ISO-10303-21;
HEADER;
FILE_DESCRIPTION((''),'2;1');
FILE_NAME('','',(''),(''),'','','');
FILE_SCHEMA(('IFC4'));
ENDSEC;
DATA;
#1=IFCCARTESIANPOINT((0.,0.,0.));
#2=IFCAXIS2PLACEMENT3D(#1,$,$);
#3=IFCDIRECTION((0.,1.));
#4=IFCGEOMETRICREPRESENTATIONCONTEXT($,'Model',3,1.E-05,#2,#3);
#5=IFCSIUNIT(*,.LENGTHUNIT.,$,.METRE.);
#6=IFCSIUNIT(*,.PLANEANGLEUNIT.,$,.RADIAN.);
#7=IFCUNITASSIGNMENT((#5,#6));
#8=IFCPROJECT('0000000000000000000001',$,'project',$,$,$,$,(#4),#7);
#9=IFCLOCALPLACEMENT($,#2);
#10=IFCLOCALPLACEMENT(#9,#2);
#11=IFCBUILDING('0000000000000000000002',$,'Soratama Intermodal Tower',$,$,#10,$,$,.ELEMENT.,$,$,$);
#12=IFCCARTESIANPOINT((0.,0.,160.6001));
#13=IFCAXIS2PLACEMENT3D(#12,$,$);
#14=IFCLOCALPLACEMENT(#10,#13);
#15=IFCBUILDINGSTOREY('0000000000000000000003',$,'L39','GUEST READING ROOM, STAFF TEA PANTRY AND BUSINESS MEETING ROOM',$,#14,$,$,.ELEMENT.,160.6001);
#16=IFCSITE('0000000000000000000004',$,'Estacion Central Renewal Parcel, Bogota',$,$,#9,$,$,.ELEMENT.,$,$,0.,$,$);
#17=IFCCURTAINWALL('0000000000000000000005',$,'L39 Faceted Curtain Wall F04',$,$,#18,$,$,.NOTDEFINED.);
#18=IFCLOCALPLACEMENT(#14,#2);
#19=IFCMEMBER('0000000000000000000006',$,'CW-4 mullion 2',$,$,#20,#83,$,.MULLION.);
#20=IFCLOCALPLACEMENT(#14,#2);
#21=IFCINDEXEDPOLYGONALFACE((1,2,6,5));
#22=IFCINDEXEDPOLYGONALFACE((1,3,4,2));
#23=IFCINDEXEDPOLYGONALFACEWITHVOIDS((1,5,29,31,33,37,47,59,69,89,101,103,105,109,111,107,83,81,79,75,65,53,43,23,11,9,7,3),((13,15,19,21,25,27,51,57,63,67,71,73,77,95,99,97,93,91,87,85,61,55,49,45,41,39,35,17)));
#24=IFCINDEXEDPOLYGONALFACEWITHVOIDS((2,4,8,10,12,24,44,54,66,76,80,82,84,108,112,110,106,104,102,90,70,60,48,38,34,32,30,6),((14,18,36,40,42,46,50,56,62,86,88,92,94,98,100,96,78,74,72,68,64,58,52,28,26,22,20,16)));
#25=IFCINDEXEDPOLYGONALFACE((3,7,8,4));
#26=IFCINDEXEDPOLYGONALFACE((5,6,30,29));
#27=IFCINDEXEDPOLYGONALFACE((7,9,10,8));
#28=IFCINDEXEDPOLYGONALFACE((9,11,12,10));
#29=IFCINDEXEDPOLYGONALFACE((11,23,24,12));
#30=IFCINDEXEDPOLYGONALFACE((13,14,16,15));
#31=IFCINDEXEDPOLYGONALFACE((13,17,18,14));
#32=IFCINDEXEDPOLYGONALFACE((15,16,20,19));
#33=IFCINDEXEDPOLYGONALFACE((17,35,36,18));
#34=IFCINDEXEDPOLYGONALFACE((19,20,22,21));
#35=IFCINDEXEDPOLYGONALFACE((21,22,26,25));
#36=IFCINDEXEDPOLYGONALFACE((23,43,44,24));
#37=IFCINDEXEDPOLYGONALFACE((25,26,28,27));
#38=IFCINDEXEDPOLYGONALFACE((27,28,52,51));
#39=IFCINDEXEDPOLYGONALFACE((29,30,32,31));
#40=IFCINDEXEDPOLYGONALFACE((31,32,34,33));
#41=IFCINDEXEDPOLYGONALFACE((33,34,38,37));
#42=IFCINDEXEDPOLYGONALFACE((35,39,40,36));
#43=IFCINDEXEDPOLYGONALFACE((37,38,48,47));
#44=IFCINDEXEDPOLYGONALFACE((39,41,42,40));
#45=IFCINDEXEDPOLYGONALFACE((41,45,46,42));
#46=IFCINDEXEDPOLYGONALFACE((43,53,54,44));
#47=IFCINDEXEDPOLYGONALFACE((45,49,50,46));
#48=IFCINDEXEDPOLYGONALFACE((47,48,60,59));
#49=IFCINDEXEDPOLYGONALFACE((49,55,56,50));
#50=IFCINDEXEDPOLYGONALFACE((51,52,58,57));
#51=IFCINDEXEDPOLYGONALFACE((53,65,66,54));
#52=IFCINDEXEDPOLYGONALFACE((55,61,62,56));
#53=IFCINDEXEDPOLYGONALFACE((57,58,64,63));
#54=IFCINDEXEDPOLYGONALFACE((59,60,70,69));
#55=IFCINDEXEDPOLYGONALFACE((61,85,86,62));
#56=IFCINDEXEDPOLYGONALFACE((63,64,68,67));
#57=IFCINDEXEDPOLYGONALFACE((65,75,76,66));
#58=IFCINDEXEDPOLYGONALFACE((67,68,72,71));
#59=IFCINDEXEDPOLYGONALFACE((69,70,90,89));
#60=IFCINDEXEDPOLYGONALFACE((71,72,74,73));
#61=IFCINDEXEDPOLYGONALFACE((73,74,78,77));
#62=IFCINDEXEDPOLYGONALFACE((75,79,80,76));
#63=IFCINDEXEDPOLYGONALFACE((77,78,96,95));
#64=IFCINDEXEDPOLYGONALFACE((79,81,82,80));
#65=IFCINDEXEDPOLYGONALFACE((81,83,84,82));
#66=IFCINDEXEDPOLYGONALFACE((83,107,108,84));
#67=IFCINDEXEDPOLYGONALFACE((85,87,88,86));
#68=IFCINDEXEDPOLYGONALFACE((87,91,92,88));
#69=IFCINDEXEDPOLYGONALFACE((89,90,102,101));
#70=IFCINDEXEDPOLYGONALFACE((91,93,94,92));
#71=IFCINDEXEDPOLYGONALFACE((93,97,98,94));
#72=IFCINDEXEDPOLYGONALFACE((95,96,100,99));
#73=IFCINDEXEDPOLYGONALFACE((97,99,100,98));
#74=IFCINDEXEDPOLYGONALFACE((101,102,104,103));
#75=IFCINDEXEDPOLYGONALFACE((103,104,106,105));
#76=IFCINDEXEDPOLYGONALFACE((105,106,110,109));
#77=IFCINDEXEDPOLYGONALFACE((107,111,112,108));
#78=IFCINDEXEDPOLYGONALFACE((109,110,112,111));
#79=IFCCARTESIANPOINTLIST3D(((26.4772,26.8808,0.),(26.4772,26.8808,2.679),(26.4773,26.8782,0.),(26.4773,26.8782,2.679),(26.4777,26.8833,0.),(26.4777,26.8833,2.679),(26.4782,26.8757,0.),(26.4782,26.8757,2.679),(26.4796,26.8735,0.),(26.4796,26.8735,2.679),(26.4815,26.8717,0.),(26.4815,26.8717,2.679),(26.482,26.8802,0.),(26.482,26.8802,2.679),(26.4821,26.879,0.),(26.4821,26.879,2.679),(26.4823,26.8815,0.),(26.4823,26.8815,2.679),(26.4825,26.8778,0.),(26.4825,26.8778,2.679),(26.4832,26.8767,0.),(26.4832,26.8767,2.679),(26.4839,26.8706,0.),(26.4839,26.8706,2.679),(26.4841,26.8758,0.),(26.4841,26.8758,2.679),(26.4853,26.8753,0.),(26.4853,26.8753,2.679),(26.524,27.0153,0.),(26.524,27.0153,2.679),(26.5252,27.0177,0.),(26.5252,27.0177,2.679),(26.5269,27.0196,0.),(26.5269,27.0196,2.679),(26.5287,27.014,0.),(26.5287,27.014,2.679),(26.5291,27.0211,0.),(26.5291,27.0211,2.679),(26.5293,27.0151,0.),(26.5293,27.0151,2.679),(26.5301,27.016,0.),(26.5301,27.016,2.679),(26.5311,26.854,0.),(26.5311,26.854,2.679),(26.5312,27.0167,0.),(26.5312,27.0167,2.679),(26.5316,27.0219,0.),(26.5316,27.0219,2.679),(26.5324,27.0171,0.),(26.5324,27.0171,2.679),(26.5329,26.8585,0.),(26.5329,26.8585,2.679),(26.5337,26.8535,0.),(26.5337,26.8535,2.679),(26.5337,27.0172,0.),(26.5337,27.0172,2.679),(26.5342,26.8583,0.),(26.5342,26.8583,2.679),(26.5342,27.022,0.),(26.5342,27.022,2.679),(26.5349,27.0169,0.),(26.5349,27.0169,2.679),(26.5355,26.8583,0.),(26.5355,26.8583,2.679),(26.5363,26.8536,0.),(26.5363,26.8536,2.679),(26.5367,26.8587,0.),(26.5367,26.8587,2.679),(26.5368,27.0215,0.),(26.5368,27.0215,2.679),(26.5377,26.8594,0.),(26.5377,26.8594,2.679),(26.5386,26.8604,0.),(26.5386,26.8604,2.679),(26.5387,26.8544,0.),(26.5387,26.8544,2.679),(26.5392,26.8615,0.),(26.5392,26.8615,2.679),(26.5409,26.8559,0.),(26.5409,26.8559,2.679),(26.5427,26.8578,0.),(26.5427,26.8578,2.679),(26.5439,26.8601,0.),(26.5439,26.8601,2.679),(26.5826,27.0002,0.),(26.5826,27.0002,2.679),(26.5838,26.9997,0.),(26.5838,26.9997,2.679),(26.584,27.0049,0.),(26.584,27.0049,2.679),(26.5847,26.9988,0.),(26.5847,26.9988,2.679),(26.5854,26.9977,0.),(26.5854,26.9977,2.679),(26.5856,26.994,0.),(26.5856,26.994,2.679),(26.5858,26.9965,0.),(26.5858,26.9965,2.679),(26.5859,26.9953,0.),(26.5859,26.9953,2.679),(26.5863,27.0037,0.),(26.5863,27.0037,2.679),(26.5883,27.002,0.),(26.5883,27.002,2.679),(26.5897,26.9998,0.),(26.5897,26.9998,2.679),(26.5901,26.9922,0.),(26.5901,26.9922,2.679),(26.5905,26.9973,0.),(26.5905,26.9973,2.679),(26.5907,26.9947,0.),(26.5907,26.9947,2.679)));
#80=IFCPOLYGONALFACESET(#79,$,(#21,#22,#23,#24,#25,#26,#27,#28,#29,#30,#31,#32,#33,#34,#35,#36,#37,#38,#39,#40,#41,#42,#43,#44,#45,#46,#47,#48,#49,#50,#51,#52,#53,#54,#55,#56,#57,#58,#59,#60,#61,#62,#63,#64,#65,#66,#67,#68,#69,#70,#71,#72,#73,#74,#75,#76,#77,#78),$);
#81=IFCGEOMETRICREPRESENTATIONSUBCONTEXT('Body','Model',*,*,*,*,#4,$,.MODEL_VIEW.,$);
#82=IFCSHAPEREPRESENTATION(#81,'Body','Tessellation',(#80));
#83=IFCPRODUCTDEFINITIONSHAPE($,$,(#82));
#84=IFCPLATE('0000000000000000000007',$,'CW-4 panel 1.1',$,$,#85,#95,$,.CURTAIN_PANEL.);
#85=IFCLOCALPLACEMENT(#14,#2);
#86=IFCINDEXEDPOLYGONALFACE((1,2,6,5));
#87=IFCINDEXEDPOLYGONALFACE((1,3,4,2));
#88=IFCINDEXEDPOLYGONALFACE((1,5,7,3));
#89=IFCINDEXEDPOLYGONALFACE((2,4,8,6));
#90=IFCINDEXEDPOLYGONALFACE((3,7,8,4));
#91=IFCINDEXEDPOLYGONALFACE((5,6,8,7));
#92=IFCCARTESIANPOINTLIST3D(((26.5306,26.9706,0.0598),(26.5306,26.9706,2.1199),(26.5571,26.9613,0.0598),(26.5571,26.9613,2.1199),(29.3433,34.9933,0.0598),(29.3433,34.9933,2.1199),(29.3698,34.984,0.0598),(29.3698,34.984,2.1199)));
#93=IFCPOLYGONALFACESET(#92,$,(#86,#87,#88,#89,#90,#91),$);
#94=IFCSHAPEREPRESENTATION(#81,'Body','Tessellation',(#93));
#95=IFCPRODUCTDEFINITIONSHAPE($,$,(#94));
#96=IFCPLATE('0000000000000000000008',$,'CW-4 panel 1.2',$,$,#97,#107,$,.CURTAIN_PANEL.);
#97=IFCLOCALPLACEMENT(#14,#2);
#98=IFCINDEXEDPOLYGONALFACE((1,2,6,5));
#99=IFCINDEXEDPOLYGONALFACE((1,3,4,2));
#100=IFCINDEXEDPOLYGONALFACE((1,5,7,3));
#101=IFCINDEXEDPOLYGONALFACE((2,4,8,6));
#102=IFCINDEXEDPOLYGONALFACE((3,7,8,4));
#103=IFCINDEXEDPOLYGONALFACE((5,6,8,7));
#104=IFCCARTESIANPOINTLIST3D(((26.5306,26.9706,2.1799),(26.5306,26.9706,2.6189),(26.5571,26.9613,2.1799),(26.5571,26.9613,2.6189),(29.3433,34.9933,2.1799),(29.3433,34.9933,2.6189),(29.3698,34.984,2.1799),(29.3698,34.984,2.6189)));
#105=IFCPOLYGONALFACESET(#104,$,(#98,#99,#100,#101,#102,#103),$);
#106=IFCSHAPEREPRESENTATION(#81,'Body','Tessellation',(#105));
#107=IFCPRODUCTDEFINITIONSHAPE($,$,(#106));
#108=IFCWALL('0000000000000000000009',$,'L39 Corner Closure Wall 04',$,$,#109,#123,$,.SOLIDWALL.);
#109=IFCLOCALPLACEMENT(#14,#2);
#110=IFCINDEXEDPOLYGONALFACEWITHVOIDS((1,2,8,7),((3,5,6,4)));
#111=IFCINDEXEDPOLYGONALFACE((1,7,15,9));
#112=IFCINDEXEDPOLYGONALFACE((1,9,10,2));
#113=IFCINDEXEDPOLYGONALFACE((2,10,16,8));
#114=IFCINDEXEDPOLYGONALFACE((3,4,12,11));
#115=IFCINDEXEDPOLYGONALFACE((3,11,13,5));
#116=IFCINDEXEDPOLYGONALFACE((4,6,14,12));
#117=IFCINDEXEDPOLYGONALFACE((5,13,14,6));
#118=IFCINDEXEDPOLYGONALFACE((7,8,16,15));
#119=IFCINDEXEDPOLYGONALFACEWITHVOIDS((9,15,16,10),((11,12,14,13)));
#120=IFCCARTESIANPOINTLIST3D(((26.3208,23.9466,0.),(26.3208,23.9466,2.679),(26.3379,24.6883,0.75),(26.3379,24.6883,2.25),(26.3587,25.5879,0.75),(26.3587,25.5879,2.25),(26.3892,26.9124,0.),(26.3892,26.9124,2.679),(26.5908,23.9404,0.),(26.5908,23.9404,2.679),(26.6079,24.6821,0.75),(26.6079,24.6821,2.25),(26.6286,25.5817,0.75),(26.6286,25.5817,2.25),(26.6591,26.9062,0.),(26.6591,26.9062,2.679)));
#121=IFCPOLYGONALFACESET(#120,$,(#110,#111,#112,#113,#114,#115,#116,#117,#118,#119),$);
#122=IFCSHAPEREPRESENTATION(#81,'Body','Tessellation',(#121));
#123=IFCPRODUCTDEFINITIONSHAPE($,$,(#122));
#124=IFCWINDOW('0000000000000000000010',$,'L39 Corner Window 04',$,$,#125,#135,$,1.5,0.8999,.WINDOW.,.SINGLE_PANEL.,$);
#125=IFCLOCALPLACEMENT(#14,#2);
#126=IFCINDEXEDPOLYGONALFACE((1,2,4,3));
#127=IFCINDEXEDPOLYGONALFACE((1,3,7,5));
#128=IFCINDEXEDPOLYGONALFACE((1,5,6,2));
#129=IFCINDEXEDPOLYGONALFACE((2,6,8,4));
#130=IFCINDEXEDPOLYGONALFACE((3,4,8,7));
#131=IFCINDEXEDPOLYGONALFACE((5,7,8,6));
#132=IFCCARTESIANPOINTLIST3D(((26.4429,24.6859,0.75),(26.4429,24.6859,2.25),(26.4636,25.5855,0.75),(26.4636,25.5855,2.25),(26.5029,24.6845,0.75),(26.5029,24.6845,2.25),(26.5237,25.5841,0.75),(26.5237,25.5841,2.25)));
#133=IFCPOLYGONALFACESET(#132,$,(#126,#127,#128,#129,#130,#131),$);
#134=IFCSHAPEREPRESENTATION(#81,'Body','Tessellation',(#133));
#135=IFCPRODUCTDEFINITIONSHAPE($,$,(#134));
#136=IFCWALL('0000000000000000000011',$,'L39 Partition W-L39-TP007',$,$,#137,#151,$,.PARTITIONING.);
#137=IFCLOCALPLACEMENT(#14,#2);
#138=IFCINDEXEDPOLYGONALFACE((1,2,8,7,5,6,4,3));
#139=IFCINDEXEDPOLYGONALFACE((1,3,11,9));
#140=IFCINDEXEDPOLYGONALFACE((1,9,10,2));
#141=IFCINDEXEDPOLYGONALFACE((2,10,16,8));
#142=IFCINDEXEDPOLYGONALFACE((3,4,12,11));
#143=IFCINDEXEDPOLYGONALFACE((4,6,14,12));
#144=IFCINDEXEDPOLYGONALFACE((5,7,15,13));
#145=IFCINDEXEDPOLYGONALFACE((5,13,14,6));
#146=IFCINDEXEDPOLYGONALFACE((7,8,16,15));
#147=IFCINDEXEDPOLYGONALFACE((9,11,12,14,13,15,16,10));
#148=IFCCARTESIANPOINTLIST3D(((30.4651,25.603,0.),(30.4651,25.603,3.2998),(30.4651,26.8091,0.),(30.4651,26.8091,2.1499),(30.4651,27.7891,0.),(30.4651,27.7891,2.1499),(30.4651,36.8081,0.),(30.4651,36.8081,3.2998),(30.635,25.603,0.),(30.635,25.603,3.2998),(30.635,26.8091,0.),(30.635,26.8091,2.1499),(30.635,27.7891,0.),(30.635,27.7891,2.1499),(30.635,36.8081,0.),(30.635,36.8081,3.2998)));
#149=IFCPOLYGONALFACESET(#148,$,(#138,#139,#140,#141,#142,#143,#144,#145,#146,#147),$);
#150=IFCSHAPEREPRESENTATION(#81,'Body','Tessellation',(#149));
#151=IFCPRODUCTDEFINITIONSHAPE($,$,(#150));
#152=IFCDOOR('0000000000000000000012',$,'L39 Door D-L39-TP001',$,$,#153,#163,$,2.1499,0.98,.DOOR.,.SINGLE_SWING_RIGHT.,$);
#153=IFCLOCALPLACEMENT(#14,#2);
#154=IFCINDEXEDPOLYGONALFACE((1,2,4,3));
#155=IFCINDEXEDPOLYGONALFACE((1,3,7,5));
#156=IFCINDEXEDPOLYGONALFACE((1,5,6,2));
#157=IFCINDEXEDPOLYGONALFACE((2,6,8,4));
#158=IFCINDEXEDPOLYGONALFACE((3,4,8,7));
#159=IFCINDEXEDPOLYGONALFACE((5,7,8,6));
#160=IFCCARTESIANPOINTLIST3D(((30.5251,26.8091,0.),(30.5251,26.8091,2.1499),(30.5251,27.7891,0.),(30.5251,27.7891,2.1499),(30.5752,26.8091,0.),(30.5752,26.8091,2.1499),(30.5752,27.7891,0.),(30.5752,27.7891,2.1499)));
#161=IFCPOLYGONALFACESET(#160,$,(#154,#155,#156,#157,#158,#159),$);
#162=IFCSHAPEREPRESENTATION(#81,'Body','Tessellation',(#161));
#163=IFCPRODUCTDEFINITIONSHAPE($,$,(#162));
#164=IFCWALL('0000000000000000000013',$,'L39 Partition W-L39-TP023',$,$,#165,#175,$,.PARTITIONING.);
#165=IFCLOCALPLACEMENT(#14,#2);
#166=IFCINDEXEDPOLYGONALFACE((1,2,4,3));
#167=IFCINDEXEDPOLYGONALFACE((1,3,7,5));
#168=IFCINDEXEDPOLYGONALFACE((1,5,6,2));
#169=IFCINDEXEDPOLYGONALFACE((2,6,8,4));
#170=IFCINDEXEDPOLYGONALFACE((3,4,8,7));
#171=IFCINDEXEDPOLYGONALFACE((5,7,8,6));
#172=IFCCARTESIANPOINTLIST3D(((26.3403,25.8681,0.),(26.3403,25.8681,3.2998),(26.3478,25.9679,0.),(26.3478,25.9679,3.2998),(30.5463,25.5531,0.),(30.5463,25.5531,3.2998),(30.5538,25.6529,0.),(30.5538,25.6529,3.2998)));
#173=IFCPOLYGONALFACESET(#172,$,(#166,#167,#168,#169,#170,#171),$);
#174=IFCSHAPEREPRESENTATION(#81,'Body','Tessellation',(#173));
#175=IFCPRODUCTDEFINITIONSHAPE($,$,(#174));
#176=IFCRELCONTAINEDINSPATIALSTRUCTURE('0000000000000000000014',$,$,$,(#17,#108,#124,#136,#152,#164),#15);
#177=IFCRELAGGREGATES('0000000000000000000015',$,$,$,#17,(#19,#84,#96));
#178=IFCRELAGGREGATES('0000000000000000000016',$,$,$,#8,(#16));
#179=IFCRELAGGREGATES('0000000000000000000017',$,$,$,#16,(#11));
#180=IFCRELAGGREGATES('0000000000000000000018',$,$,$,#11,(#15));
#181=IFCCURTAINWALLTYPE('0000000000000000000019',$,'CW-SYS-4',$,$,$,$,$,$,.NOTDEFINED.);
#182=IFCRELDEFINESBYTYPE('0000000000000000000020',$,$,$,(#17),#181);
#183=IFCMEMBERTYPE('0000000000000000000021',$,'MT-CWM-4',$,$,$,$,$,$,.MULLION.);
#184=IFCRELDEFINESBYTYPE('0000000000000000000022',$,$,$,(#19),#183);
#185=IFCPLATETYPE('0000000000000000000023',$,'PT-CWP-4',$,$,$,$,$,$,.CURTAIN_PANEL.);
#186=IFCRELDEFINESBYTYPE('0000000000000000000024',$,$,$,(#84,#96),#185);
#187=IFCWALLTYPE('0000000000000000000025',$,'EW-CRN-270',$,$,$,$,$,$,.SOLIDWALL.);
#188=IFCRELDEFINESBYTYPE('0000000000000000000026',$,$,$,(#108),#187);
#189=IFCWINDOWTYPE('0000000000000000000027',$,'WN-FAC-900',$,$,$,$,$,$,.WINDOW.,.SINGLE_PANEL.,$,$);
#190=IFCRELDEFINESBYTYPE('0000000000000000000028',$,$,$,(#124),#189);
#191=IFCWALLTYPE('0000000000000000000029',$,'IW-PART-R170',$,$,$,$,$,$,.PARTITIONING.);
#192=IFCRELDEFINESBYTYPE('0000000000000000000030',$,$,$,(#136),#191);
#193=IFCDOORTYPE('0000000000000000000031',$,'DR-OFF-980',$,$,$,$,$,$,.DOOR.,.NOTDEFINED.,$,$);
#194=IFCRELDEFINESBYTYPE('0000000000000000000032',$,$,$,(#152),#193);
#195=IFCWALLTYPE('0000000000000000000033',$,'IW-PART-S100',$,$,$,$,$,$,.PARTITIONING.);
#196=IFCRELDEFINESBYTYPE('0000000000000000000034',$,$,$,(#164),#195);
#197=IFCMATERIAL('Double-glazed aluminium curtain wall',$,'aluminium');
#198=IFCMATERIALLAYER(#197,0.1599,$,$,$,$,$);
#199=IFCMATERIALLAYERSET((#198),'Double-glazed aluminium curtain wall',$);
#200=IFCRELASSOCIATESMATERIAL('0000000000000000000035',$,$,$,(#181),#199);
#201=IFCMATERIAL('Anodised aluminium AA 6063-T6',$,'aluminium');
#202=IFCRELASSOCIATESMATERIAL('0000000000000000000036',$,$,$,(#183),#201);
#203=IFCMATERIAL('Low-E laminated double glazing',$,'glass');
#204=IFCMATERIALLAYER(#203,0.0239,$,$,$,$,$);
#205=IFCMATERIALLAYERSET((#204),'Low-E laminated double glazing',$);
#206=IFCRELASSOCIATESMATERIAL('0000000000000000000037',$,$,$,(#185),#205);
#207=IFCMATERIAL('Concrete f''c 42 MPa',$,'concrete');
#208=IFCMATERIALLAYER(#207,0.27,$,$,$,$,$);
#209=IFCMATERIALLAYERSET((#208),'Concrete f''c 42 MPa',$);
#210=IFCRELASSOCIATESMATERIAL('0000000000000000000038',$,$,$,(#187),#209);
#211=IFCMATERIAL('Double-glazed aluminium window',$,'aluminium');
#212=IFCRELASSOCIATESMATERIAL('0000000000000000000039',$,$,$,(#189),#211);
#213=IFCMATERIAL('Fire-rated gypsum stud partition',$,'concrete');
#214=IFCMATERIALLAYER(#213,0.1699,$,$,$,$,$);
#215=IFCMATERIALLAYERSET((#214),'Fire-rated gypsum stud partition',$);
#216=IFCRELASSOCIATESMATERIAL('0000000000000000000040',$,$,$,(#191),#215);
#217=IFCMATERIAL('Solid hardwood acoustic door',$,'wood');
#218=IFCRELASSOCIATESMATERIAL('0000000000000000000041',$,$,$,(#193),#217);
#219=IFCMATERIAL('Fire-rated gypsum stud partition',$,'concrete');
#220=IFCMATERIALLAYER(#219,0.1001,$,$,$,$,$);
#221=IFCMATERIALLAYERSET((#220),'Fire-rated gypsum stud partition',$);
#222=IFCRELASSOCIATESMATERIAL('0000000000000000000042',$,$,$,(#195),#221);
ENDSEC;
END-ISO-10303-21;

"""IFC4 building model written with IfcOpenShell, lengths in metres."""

from ifc_helpers import new_model, si_unit, direction, frame, frame_2d, origin, origin_2d, place, context, subcontext, project, spatial, rectangle, hollow_rectangle, extrude, material, layer, layer_set, material_profile, profile_set, type_object, element, fill, aggregate, save


model = new_model("IFC4")

# Units and contexts
model_context = context("Model", 3, precision=1e-05, world=origin(), true_north=direction((0.0, 1.0)))
body_context = subcontext(model_context, "Body", "Model", "MODEL_VIEW")
ifc_project = project(units=[si_unit("LENGTHUNIT", "METRE"), si_unit("PLANEANGLEUNIT", "RADIAN")], contexts=[model_context])

# Site, building, storey
site_placement = place(None, origin())
site = spatial("IfcSite", under=ifc_project, at=site_placement, Name="Estacion Central Renewal Parcel, Bogota", CompositionType="ELEMENT", RefElevation=0.0)
building_placement = place(site_placement, origin())
building = spatial("IfcBuilding", under=site, at=building_placement, Name="Soratama Intermodal Tower", CompositionType="ELEMENT")
storey_placement = place(building_placement, frame((0.0, 0.0, 160.6001)))
storey = spatial("IfcBuildingStorey", under=building, at=storey_placement, Name="L39", Description="GUEST READING ROOM, STAFF TEA PANTRY AND BUSINESS MEETING ROOM", CompositionType="ELEMENT", Elevation=160.6001)

# Curtain wall, member, plates
ifc_material_1 = material(Name="Double-glazed aluminium curtain wall", Category="aluminium")
ifc_layer_1 = layer(ifc_material_1, 0.1599)
ifc_layer_set_1 = layer_set([ifc_layer_1], Name="Double-glazed aluminium curtain wall")
curtain_wall_type = type_object("IfcCurtainWallType", Name="CW-SYS-4", PredefinedType="NOTDEFINED", material=ifc_layer_set_1)
curtain_wall_placement = place(storey_placement, origin())
curtain_wall = element("IfcCurtainWall", 1, at=curtain_wall_placement, inside=storey, type_object=curtain_wall_type, Name="L39 Faceted Curtain Wall F04", PredefinedType="NOTDEFINED")
ifc_material_2 = material(Name="Anodised aluminium AA 6063-T6", Category="aluminium")
ifc_material_profile_1 = material_profile(ifc_material_2, hollow_rectangle(XDim=0.0701, YDim=0.1599, WallThickness=0.0049, InnerFilletRadius=0.0049, OuterFilletRadius=0.01, at=origin_2d()), Name="CWM160X70X5")
ifc_profile_set_1 = profile_set([ifc_material_profile_1], Name="Anodised aluminium AA 6063-T6")
member_type = type_object("IfcMemberType", Name="MT-CWM-4", PredefinedType="MULLION", material=ifc_profile_set_1)
member_placement = place(storey_placement, frame((26.5339, 26.9377, 0.0), z_axis=(0.0, 0.0, 1.0), x_axis=(0.943685, -0.330846, 0.0)))
member = element("IfcMember", 2, at=member_placement, type_object=member_type, Name="CW-4 mullion 2", PredefinedType="MULLION", context=body_context, shape_type="SweptSolid", body=[
    extrude(hollow_rectangle(XDim=0.0701, YDim=0.1599, WallThickness=0.0049, InnerFilletRadius=0.0049, OuterFilletRadius=0.01, at=origin_2d()), origin(), (0.0, 0.0, 1.0), 2.679),
])
ifc_material_3 = material(Name="Low-E laminated double glazing", Category="glass")
ifc_layer_2 = layer(ifc_material_3, 0.0239)
ifc_layer_set_2 = layer_set([ifc_layer_2], Name="Low-E laminated double glazing")
plate_type = type_object("IfcPlateType", Name="PT-CWP-4", PredefinedType="CURTAIN_PANEL", material=ifc_layer_set_2)
plate_1_placement = place(storey_placement, frame((27.9502, 30.9773, 0.0598), z_axis=(0.0, 0.0, 1.0), x_axis=(-0.330846, -0.943685, 0.0)))
plate_1 = element("IfcPlate", 3, at=plate_1_placement, type_object=plate_type, Name="CW-4 panel 1.1", PredefinedType="CURTAIN_PANEL", context=body_context, shape_type="SweptSolid", body=[
    extrude(rectangle(XDim=8.5015, YDim=0.0281, at=origin_2d()), origin(), (0.0, 0.0, 1.0), 2.0601),
])
plate_2_placement = place(storey_placement, frame((27.9502, 30.9773, 2.1799), z_axis=(0.0, 0.0, 1.0), x_axis=(-0.330846, -0.943685, 0.0)))
plate_2 = element("IfcPlate", 4, at=plate_2_placement, type_object=plate_type, Name="CW-4 panel 1.2", PredefinedType="CURTAIN_PANEL", context=body_context, shape_type="SweptSolid", body=[
    extrude(rectangle(XDim=8.5015, YDim=0.0281, at=origin_2d()), origin(), (0.0, 0.0, 1.0), 0.439),
])
aggregate(curtain_wall, [member, plate_1, plate_2])

# Wall, opening, window
ifc_material_4 = material(Name="Concrete f'c 42 MPa", Category="concrete")
ifc_layer_3 = layer(ifc_material_4, 0.27)
ifc_layer_set_3 = layer_set([ifc_layer_3], Name="Concrete f'c 42 MPa")
wall_type_1 = type_object("IfcWallType", Name="EW-CRN-270", PredefinedType="SOLIDWALL", material=ifc_layer_set_3)
wall_1_placement = place(storey_placement, frame((26.5242, 26.9094, 0.0), z_axis=(0.0, 0.0, 1.0), x_axis=(-0.023043, -0.999734, 0.0)))
wall_1 = element("IfcWall", 5, at=wall_1_placement, inside=storey, type_object=wall_type_1, Name="L39 Corner Closure Wall 04", PredefinedType="SOLIDWALL", context=body_context, shape_type="SweptSolid", body=[
    extrude(rectangle(XDim=2.9666, YDim=0.27, at=frame_2d((1.4834, 0.0))), origin(), (0.0, 0.0, 1.0), 2.679),
])
opening_1_placement = place(wall_1_placement, frame((1.325, 0.0, 0.75)))
opening_1 = element("IfcOpeningElement", 6, at=opening_1_placement, cuts=wall_1, PredefinedType="OPENING", context=body_context, shape_type="SweptSolid", body=[
    extrude(rectangle(XDim=0.8999, YDim=1.5, at=frame_2d((0.45, 0.75))), frame((0.0, 0.145, 0.0), z_axis=(0.0, -1.0, 0.0), x_axis=(1.0, 0.0, 0.0)), (0.0, 0.0, 1.0), 0.29),
])
ifc_material_5 = material(Name="Double-glazed aluminium window", Category="aluminium")
window_type = type_object("IfcWindowType", Name="WN-FAC-900", PartitioningType="SINGLE_PANEL", PredefinedType="WINDOW", material=ifc_material_5)
window_placement = place(opening_1_placement, origin())
window = element("IfcWindow", 7, at=window_placement, inside=storey, type_object=window_type, Name="L39 Corner Window 04", OverallHeight=1.5, OverallWidth=0.8999, PartitioningType="SINGLE_PANEL", PredefinedType="WINDOW", context=body_context, shape_type="SweptSolid", body=[
    extrude(rectangle(XDim=0.8999, YDim=1.5, at=frame_2d((0.45, 0.75))), frame((0.0, 0.03, 0.0), z_axis=(0.0, -1.0, 0.0), x_axis=(1.0, 0.0, 0.0)), (0.0, 0.0, 1.0), 0.0601),
])
fill(opening_1, window)

# Wall, opening, door
ifc_material_6 = material(Name="Fire-rated gypsum stud partition", Category="concrete")
ifc_layer_4 = layer(ifc_material_6, 0.1699)
ifc_layer_set_4 = layer_set([ifc_layer_4], Name="Fire-rated gypsum stud partition")
wall_type_2 = type_object("IfcWallType", Name="IW-PART-R170", PredefinedType="PARTITIONING", material=ifc_layer_set_4)
wall_2_placement = place(storey_placement, frame((30.55, 25.603, 0.0), z_axis=(0.0, 0.0, 1.0), x_axis=(0.0, 1.0, 0.0)))
wall_2 = element("IfcWall", 8, at=wall_2_placement, inside=storey, type_object=wall_type_2, Name="L39 Partition W-L39-TP007", PredefinedType="PARTITIONING", context=body_context, shape_type="SweptSolid", body=[
    extrude(rectangle(XDim=11.2051, YDim=0.1699, at=frame_2d((5.6025, 0.0))), origin(), (0.0, 0.0, 1.0), 3.2998),
])
opening_2_placement = place(wall_2_placement, frame((1.2061, 0.0, 0.0)))
opening_2 = element("IfcOpeningElement", 9, at=opening_2_placement, cuts=wall_2, PredefinedType="OPENING", context=body_context, shape_type="SweptSolid", body=[
    extrude(rectangle(XDim=0.98, YDim=2.1499, at=frame_2d((0.49, 1.075))), frame((0.0, 0.095, 0.0), z_axis=(0.0, -1.0, 0.0), x_axis=(1.0, 0.0, 0.0)), (0.0, 0.0, 1.0), 0.1899),
])
ifc_material_7 = material(Name="Solid hardwood acoustic door", Category="wood")
door_type = type_object("IfcDoorType", Name="DR-OFF-980", OperationType="NOTDEFINED", PredefinedType="DOOR", material=ifc_material_7)
door_placement = place(opening_2_placement, origin())
door = element("IfcDoor", 10, at=door_placement, inside=storey, type_object=door_type, Name="L39 Door D-L39-TP001", OperationType="SINGLE_SWING_RIGHT", OverallHeight=2.1499, OverallWidth=0.98, PredefinedType="DOOR", context=body_context, shape_type="SweptSolid", body=[
    extrude(rectangle(XDim=0.98, YDim=2.1499, at=frame_2d((0.49, 1.075))), frame((0.0, 0.0249, 0.0), z_axis=(0.0, -1.0, 0.0), x_axis=(1.0, 0.0, 0.0)), (0.0, 0.0, 1.0), 0.05),
])
fill(opening_2, door)

# Wall
ifc_material_8 = material(Name="Fire-rated gypsum stud partition", Category="concrete")
ifc_layer_5 = layer(ifc_material_8, 0.1001)
ifc_layer_set_5 = layer_set([ifc_layer_5], Name="Fire-rated gypsum stud partition")
wall_type_3 = type_object("IfcWallType", Name="IW-PART-S100", PredefinedType="PARTITIONING", material=ifc_layer_set_5)
wall_3_placement = place(storey_placement, frame((30.55, 25.603, 0.0), z_axis=(0.0, 0.0, 1.0), x_axis=(-0.997208, 0.074669, 0.0)))
element("IfcWall", 11, at=wall_3_placement, inside=storey, type_object=wall_type_3, Name="L39 Partition W-L39-TP023", PredefinedType="PARTITIONING", context=body_context, shape_type="SweptSolid", body=[
    extrude(rectangle(XDim=4.2178, YDim=0.1001, at=frame_2d((2.1089, 0.0))), origin(), (0.0, 0.0, 1.0), 3.2998),
])

save(model, "model.ifc")
